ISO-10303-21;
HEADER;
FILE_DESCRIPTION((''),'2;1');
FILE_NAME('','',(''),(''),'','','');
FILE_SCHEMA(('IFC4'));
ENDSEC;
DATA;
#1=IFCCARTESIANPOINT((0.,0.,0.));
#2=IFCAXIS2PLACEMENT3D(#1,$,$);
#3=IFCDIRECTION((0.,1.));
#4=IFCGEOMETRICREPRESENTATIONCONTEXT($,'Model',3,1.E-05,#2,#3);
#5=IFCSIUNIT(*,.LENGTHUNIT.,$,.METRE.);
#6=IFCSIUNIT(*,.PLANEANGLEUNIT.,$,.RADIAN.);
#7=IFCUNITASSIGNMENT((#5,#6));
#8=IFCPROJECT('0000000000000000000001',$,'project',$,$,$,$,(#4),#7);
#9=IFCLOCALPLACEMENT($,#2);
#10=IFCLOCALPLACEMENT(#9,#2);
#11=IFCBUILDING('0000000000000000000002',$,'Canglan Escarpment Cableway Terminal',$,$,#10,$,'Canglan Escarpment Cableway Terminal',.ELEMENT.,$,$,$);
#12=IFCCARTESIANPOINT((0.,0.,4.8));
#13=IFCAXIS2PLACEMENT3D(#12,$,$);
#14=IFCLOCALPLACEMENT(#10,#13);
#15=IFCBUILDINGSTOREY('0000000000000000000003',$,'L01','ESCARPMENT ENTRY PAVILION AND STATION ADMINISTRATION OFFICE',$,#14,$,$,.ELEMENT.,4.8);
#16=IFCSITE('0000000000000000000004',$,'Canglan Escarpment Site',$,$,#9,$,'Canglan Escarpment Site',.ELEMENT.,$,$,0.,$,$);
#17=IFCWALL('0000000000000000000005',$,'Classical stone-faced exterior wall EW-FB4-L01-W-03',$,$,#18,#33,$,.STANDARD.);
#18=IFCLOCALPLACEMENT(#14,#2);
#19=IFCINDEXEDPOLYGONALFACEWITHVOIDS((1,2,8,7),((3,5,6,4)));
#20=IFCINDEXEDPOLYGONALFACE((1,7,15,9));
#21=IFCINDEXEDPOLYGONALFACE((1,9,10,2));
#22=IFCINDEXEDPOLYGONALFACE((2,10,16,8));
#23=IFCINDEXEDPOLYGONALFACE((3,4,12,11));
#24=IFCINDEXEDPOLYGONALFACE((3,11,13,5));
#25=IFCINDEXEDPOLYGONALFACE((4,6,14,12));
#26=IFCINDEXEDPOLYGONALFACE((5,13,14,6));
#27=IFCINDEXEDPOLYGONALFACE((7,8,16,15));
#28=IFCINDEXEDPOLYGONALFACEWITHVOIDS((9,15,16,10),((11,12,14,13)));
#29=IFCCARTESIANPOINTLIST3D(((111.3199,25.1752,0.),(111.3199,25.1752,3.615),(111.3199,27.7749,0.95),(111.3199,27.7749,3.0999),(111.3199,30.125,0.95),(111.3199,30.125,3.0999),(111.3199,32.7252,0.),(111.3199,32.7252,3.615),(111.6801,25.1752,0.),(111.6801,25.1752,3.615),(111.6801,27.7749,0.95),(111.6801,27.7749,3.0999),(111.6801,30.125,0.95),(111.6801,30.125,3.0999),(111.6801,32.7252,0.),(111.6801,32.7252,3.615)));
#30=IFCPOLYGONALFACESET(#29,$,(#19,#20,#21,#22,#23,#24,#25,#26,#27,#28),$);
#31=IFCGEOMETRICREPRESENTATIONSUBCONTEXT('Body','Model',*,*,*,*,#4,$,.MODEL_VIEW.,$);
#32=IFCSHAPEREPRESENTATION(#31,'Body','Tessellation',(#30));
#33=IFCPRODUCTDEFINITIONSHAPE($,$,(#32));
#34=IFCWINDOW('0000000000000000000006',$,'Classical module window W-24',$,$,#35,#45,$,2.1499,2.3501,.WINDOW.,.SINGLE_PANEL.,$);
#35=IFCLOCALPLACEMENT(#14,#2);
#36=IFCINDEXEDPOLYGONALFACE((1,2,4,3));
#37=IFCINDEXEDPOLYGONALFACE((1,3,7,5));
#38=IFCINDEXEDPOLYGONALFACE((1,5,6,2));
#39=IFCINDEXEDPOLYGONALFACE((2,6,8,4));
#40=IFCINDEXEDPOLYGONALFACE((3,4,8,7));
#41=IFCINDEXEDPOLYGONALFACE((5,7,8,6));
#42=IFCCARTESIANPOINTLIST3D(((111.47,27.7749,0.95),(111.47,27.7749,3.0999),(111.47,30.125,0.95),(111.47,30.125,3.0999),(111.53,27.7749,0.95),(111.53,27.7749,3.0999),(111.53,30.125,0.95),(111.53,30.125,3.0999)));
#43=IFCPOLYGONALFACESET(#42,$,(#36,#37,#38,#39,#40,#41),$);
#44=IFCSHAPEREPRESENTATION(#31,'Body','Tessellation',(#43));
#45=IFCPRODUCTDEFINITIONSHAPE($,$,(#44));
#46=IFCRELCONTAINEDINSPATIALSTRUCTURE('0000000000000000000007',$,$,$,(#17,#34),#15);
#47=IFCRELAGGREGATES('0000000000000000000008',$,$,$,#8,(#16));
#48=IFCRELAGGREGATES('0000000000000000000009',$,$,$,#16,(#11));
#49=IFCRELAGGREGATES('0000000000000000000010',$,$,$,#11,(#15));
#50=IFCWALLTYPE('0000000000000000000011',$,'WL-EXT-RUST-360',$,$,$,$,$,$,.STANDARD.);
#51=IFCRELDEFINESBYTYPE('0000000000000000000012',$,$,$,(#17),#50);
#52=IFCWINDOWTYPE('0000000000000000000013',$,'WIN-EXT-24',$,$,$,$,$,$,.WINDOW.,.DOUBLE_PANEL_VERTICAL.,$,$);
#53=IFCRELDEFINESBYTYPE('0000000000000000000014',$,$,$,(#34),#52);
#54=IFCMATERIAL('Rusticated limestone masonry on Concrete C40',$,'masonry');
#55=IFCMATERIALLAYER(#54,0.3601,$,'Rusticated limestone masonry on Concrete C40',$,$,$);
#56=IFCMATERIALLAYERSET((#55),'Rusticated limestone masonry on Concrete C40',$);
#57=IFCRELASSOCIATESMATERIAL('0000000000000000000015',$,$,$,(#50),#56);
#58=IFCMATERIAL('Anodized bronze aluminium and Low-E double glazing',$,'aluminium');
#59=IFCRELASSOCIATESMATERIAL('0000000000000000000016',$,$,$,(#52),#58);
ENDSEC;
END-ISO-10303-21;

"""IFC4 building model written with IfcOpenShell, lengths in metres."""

from ifc_helpers import new_model, si_unit, direction, frame, frame_2d, origin, place, context, subcontext, project, spatial, rectangle, extrude, material, layer, layer_set, type_object, element, fill, save


model = new_model("IFC4")

# Units and contexts
model_context = context("Model", 3, precision=1e-05, world=origin(), true_north=direction((0.0, 1.0)))
body_context = subcontext(model_context, "Body", "Model", "MODEL_VIEW")
ifc_project = project(units=[si_unit("LENGTHUNIT", "METRE"), si_unit("PLANEANGLEUNIT", "RADIAN")], contexts=[model_context])

# Site, building, storey
site_placement = place(None, origin())
site = spatial("IfcSite", under=ifc_project, at=site_placement, Name="Canglan Escarpment Site", LongName="Canglan Escarpment Site", CompositionType="ELEMENT", RefElevation=0.0)
building_placement = place(site_placement, origin())
building = spatial("IfcBuilding", under=site, at=building_placement, Name="Canglan Escarpment Cableway Terminal", LongName="Canglan Escarpment Cableway Terminal", CompositionType="ELEMENT")
storey_placement = place(building_placement, frame((0.0, 0.0, 4.8)))
storey = spatial("IfcBuildingStorey", under=building, at=storey_placement, Name="L01", Description="ESCARPMENT ENTRY PAVILION AND STATION ADMINISTRATION OFFICE", CompositionType="ELEMENT", Elevation=4.8)

# Shared definitions
ifc_material_1 = material(Name="Anodized bronze aluminium and Low-E double glazing", Category="aluminium")

# Wall, opening, window
ifc_material_2 = material(Name="Rusticated limestone masonry on Concrete C40", Category="masonry")
ifc_layer_1 = layer(ifc_material_2, 0.3601, Name="Rusticated limestone masonry on Concrete C40")
ifc_layer_set_1 = layer_set([ifc_layer_1], Name="Rusticated limestone masonry on Concrete C40")
wall_type_1 = type_object("IfcWallType", Name="WL-EXT-RUST-360", PredefinedType="STANDARD", material=ifc_layer_set_1)
wall_1_placement = place(storey_placement, frame((111.5, 32.7251, 0.0), z_axis=(0.0, 0.0, 1.0), x_axis=(0.0, -1.0, 0.0)))
wall_1 = element("IfcWall", 1, at=wall_1_placement, inside=storey, type_object=wall_type_1, Name="Classical stone-faced exterior wall EW-FB4-L01-W-03", PredefinedType="STANDARD", context=body_context, shape_type="SweptSolid", body=[
    extrude(rectangle(XDim=7.55, YDim=0.3601, at=frame_2d((3.7749, 0.0))), origin(), (0.0, 0.0, 1.0), 3.615),
])
opening_placement = place(wall_1_placement, frame((2.6001, 0.0, 0.95)))
opening = element("IfcOpeningElement", 2, at=opening_placement, cuts=wall_1, PredefinedType="OPENING", context=body_context, shape_type="SweptSolid", body=[
    extrude(rectangle(XDim=2.3501, YDim=2.1499, at=frame_2d((1.175, 1.075))), frame((0.0, 0.1899, 0.0), z_axis=(0.0, -1.0, 0.0), x_axis=(1.0, 0.0, 0.0)), (0.0, 0.0, 1.0), 0.3801),
])
window_type = type_object("IfcWindowType", Name="WIN-EXT-24", PartitioningType="DOUBLE_PANEL_VERTICAL", PredefinedType="WINDOW", material=ifc_material_1)
window_placement = place(opening_placement, origin())
window = element("IfcWindow", 3, at=window_placement, inside=storey, type_object=window_type, Name="Classical module window W-24", OverallHeight=2.1499, OverallWidth=2.3501, PartitioningType="SINGLE_PANEL", PredefinedType="WINDOW", context=body_context, shape_type="SweptSolid", body=[
    extrude(rectangle(XDim=2.3501, YDim=2.1499, at=frame_2d((1.175, 1.075))), frame((0.0, 0.03, 0.0), z_axis=(0.0, -1.0, 0.0), x_axis=(1.0, 0.0, 0.0)), (0.0, 0.0, 1.0), 0.0601),
])
fill(opening, window)

save(model, "model.ifc")
